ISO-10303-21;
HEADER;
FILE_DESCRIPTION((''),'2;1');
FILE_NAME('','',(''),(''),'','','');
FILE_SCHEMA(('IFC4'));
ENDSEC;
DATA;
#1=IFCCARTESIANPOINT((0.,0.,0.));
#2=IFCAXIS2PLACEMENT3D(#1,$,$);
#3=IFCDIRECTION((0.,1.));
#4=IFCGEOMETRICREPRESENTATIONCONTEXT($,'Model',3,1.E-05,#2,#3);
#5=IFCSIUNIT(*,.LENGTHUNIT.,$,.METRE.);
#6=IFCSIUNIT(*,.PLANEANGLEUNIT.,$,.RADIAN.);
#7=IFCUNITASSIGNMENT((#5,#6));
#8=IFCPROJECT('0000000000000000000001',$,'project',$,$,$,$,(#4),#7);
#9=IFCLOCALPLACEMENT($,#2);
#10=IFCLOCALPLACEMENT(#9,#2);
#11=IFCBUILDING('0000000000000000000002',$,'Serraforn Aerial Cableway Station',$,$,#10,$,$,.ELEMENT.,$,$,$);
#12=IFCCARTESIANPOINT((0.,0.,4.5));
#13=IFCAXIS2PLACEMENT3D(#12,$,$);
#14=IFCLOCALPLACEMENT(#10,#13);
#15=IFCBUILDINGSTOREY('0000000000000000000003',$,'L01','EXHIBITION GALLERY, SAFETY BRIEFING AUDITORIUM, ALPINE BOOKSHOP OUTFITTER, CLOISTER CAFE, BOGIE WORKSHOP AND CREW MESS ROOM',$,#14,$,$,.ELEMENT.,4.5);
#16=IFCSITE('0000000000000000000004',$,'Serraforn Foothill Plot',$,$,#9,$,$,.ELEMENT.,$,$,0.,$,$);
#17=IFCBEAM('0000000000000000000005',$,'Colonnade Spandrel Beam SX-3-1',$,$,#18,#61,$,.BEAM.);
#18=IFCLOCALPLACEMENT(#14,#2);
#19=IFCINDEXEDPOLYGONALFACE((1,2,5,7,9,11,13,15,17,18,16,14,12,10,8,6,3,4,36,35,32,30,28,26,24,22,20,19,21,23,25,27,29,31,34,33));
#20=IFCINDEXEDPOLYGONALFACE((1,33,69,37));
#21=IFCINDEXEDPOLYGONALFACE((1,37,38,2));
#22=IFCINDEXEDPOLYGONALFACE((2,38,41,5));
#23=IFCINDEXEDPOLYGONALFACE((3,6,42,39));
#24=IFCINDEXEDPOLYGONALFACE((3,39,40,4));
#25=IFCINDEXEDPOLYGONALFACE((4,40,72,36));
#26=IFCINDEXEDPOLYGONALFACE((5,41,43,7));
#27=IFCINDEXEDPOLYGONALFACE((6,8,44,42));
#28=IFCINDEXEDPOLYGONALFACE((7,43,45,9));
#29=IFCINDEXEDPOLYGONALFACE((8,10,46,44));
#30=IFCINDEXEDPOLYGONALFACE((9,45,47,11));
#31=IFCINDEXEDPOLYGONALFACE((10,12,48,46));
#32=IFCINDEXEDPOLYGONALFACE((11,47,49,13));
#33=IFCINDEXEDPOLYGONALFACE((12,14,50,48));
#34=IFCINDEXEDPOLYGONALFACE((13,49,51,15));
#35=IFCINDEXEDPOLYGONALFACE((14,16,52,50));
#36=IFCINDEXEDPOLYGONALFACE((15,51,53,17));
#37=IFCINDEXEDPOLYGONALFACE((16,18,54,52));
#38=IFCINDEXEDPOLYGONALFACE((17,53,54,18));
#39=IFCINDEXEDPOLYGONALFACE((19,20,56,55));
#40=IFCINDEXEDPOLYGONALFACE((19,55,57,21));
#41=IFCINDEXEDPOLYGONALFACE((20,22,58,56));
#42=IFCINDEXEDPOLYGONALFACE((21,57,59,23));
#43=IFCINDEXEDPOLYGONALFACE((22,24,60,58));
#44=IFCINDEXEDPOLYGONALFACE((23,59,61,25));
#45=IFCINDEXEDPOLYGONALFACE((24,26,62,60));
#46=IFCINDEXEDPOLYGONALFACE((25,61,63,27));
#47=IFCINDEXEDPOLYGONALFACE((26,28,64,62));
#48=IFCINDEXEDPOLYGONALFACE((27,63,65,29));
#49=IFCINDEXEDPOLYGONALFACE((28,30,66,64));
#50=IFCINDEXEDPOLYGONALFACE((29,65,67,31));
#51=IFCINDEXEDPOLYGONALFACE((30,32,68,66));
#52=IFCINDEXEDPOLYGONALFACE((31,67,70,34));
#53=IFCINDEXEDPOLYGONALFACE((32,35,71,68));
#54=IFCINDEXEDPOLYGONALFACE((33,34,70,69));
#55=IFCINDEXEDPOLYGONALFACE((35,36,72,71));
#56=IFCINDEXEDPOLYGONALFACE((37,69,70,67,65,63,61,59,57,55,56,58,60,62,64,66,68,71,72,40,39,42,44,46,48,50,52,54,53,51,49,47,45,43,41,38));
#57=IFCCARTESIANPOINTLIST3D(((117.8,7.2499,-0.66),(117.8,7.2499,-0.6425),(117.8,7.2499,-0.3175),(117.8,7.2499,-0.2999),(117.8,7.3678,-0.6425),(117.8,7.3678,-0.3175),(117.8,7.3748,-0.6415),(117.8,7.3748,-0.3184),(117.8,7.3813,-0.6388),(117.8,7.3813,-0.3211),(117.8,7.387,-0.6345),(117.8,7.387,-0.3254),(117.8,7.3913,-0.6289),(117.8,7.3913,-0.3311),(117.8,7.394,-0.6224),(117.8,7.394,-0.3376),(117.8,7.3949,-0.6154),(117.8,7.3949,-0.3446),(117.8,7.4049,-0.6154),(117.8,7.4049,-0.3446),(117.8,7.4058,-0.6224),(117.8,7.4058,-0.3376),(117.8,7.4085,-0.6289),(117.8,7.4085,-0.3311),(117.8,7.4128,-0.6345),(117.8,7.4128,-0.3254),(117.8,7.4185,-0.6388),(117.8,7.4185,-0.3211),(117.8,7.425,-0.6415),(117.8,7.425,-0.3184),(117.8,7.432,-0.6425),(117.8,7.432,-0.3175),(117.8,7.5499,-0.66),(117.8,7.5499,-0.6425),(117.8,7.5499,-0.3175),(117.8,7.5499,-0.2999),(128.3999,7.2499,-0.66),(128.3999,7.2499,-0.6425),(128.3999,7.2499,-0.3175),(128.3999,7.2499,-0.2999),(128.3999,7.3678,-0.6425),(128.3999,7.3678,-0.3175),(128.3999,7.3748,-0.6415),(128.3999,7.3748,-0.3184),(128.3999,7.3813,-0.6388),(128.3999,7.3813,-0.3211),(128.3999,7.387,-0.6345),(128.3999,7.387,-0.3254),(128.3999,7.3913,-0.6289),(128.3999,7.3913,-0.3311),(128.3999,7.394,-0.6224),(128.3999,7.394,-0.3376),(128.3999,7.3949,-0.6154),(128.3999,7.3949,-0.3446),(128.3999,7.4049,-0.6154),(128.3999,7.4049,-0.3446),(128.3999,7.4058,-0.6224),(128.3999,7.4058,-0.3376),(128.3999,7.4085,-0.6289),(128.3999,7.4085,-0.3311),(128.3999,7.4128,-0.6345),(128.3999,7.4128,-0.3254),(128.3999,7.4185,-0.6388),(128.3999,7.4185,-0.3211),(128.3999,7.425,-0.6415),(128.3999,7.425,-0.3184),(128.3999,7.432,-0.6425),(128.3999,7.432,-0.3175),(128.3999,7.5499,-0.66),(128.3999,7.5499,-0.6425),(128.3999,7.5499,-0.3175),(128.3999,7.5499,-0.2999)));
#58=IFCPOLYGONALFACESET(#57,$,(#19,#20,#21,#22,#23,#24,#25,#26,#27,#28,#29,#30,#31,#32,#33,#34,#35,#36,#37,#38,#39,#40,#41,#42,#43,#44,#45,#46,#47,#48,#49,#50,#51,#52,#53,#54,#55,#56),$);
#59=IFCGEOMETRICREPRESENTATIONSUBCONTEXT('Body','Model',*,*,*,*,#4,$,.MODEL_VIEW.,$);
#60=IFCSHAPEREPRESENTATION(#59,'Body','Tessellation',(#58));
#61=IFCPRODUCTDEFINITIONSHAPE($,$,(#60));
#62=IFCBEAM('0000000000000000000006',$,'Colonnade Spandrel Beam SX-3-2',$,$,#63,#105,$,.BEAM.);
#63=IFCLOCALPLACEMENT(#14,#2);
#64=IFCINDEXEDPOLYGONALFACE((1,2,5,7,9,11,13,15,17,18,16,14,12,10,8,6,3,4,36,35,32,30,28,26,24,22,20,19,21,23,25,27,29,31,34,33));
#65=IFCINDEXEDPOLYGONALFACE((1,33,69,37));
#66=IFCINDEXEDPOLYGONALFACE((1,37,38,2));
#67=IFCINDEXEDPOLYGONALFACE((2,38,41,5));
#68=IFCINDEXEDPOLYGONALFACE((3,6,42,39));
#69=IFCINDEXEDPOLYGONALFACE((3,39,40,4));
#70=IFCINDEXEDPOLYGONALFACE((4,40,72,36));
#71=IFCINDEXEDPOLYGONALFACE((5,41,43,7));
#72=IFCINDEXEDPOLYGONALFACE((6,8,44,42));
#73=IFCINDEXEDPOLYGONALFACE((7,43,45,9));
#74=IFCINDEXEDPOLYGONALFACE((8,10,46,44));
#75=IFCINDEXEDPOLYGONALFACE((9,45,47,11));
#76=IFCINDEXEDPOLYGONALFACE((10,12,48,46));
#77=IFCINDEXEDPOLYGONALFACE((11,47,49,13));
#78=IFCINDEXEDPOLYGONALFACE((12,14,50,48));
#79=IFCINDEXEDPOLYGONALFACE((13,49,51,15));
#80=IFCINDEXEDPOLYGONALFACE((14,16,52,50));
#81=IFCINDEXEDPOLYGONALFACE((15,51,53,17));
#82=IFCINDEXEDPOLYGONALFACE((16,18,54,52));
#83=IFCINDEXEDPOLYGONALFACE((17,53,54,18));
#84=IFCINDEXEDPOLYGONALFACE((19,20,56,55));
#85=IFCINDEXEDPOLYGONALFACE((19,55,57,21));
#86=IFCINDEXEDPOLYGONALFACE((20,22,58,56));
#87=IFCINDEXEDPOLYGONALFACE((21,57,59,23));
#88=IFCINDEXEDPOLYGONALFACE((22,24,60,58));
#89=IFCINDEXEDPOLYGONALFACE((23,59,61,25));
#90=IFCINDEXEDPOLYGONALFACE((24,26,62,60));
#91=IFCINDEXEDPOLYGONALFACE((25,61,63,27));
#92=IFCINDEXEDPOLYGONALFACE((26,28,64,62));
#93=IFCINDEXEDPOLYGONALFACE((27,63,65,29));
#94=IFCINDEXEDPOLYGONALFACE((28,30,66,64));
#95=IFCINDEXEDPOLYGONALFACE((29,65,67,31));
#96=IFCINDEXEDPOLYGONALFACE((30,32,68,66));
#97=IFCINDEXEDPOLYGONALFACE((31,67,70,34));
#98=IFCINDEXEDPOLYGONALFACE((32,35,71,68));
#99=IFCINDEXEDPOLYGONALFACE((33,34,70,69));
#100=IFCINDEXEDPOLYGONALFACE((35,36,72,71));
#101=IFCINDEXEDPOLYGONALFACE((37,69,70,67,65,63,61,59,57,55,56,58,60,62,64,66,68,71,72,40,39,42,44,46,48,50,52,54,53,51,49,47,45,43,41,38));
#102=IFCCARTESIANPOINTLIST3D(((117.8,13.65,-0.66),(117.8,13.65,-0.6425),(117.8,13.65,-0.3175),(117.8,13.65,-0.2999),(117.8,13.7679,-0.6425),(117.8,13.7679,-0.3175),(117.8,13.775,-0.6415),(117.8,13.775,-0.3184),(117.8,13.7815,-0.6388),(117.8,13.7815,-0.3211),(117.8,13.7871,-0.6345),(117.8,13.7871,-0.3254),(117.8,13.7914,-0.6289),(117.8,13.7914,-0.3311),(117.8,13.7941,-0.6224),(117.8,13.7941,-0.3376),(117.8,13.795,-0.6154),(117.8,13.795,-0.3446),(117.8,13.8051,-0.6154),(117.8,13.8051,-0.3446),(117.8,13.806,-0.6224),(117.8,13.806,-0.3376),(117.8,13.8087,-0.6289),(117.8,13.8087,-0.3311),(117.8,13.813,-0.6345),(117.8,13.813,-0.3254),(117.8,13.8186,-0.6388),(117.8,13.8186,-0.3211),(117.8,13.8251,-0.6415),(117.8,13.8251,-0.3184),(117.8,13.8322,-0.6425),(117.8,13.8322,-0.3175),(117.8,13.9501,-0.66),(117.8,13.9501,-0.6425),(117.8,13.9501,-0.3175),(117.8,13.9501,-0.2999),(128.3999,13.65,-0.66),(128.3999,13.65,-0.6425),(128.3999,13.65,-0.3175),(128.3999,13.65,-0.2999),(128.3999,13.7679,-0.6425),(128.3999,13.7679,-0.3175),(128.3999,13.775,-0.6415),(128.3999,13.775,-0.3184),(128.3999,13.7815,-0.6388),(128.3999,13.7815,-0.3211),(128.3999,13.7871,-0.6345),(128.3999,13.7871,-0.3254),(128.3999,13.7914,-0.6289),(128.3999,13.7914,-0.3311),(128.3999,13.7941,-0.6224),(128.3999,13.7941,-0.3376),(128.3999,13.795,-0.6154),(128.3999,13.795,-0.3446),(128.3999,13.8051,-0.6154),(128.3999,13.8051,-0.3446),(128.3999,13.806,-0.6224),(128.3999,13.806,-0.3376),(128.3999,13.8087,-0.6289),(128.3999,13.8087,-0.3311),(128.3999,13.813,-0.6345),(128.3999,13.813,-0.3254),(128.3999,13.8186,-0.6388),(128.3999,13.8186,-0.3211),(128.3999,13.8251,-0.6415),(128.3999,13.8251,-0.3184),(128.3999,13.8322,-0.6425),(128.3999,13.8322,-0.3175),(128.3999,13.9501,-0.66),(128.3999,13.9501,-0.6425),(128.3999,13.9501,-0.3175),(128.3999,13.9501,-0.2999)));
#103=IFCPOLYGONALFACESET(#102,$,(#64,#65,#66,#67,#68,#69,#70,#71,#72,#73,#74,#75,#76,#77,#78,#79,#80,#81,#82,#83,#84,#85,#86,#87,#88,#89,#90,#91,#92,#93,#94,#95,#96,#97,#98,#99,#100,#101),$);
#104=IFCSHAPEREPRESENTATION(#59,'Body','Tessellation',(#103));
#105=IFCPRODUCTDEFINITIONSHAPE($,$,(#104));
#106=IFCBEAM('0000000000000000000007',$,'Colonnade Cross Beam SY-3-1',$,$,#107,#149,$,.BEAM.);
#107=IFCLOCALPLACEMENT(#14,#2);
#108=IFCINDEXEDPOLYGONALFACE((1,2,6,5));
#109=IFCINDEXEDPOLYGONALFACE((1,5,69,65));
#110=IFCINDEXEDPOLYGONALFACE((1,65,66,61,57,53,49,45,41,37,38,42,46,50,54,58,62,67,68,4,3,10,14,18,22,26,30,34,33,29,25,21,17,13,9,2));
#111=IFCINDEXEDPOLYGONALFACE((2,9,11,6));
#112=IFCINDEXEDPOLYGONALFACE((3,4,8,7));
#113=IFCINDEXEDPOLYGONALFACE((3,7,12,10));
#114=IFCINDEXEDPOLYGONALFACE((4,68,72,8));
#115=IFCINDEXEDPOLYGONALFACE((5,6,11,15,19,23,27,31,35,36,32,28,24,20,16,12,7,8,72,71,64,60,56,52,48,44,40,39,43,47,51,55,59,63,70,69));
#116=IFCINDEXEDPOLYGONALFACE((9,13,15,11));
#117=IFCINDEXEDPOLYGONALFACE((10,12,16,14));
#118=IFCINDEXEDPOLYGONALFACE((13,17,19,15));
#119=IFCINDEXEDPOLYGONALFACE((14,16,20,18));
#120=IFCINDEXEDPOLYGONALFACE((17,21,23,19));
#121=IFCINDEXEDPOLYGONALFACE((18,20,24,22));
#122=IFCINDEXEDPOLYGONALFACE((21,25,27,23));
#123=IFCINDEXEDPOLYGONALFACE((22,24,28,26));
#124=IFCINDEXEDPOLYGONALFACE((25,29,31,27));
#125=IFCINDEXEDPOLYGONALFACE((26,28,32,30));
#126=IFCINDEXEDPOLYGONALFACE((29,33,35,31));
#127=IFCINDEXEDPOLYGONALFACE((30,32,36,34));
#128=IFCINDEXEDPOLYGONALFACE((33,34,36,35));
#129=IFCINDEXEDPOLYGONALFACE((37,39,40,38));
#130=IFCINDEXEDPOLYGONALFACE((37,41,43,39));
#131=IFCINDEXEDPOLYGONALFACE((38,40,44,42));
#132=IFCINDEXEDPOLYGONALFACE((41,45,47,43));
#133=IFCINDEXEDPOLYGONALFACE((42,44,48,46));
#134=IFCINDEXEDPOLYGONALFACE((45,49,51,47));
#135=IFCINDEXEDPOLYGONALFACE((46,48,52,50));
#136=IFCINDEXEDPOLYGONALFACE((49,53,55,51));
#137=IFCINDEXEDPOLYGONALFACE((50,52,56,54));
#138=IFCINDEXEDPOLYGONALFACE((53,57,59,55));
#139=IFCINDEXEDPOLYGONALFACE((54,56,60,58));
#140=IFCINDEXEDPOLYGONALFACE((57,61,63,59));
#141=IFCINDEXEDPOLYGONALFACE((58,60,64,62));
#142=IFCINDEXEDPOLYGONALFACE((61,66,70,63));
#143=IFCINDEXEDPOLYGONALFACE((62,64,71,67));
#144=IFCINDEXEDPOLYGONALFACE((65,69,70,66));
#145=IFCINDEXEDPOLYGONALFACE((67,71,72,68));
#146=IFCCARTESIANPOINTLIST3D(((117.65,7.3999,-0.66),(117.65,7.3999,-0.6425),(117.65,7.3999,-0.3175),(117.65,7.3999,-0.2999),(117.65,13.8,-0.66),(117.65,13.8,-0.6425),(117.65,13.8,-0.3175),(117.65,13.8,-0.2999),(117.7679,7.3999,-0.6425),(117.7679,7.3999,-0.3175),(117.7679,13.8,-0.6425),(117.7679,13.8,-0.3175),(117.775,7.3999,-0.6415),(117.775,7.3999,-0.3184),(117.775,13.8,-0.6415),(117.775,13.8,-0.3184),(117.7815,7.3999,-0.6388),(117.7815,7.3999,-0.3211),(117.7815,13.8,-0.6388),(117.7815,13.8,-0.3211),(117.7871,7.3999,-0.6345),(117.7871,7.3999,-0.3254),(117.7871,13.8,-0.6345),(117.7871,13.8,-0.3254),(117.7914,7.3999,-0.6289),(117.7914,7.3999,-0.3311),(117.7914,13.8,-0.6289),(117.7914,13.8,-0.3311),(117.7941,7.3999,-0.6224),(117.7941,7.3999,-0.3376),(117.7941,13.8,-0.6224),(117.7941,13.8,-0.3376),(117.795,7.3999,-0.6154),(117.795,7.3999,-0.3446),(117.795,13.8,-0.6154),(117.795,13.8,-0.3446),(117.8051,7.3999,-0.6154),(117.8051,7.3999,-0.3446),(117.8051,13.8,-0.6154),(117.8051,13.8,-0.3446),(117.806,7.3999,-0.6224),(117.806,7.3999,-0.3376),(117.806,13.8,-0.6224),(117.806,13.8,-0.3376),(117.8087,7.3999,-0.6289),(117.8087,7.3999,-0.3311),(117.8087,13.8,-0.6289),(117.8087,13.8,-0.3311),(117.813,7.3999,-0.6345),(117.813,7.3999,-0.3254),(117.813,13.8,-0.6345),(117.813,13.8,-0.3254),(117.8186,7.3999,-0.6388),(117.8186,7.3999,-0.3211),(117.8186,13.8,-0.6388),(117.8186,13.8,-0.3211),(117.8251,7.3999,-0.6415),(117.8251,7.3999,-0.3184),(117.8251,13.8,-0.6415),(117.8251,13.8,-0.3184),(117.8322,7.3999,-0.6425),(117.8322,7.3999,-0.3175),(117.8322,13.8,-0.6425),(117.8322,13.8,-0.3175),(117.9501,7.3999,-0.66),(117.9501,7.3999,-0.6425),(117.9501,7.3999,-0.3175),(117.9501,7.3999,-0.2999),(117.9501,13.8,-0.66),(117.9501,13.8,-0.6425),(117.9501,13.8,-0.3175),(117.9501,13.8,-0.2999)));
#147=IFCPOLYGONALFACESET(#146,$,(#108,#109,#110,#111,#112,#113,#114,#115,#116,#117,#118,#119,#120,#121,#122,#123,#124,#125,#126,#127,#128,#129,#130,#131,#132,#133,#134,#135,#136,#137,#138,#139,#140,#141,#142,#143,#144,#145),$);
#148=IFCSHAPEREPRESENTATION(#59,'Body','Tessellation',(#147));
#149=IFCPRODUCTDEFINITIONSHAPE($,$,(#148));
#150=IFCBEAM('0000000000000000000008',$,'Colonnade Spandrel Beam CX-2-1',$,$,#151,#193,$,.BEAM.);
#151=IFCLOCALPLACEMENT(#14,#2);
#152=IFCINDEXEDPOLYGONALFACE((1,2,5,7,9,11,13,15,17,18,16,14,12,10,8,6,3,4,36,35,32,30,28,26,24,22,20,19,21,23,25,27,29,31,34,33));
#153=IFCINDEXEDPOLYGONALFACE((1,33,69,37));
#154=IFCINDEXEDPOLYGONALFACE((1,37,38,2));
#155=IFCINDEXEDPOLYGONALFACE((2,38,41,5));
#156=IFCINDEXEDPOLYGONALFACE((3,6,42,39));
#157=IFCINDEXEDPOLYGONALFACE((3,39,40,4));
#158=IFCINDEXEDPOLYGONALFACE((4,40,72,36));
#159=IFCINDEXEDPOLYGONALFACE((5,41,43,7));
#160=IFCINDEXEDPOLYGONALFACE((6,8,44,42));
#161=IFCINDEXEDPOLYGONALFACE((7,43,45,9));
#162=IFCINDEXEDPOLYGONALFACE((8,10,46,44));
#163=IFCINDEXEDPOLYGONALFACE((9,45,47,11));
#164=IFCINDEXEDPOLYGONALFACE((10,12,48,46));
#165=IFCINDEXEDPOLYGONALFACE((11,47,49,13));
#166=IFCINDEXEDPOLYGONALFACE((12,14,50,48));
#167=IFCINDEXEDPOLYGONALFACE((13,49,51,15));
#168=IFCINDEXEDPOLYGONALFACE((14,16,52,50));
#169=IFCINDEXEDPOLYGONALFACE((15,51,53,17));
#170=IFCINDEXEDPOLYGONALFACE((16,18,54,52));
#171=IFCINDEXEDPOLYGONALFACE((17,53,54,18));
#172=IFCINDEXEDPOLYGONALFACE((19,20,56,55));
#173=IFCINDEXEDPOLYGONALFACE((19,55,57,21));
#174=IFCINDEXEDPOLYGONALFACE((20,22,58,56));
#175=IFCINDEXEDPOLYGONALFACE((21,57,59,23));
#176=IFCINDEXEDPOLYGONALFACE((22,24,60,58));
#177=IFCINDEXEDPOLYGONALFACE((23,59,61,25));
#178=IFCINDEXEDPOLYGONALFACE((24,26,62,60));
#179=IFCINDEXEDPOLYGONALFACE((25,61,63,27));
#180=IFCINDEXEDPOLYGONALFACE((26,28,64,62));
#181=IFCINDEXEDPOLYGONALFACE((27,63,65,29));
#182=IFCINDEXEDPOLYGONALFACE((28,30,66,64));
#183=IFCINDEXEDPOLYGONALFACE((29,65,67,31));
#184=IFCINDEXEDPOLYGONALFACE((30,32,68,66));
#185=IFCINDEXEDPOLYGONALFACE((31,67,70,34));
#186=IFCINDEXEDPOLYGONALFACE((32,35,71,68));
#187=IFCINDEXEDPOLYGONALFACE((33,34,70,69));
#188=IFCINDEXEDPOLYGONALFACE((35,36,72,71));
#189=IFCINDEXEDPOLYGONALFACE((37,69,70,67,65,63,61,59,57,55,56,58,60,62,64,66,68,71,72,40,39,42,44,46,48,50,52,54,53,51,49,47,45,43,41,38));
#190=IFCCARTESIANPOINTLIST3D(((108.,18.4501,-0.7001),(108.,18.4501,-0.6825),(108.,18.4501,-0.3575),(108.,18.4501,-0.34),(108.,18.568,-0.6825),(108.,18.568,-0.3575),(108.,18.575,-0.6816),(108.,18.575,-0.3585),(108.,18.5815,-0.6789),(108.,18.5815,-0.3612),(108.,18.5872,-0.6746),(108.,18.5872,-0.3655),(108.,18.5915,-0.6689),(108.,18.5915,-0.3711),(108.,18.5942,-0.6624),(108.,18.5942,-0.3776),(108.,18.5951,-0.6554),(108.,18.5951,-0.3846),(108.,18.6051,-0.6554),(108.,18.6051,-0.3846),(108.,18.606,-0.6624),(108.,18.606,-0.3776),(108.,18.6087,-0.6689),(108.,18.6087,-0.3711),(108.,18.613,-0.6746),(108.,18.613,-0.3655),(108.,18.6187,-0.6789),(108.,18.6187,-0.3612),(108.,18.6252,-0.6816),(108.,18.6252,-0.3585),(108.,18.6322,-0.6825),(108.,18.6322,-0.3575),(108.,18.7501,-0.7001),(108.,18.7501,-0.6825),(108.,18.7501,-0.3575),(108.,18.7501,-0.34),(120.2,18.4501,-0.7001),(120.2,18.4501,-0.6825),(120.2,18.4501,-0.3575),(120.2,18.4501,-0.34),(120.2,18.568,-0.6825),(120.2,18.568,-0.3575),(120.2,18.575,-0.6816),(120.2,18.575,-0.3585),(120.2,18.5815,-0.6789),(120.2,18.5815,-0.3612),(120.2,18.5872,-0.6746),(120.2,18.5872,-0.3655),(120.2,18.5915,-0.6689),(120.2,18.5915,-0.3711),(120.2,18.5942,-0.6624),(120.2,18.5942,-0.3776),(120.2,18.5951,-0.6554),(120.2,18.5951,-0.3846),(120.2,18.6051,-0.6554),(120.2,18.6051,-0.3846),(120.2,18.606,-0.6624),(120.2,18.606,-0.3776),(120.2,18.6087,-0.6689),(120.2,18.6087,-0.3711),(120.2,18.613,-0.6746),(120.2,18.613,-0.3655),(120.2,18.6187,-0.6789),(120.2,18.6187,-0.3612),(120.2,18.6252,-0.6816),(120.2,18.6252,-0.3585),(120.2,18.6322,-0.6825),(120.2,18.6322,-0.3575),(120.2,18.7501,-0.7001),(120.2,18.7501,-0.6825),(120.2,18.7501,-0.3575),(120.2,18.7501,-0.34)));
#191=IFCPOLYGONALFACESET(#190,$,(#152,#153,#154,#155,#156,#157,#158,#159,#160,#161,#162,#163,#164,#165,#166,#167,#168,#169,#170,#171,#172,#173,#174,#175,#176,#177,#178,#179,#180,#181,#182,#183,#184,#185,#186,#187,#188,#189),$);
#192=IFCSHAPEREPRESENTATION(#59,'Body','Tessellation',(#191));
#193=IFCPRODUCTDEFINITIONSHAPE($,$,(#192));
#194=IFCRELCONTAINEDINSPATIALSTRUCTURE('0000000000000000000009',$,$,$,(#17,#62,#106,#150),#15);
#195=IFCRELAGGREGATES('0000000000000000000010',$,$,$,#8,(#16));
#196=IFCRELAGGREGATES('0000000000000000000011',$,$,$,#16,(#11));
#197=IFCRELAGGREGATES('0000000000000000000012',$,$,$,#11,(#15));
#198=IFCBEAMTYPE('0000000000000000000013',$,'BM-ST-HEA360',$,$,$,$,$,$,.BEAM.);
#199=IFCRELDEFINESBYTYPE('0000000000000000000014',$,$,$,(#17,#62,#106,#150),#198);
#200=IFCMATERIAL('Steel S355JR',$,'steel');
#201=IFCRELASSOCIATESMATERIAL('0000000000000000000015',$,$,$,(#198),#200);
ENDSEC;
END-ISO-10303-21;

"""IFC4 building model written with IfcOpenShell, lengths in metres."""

from ifc_helpers import new_model, si_unit, direction, frame, origin, origin_2d, place, context, subcontext, project, spatial, i_section, extrude, material, material_profile, profile_set, type_object, element, save


model = new_model("IFC4")

# Units and contexts
model_context = context("Model", 3, precision=1e-05, world=origin(), true_north=direction((0.0, 1.0)))
body_context = subcontext(model_context, "Body", "Model", "MODEL_VIEW")
ifc_project = project(units=[si_unit("LENGTHUNIT", "METRE"), si_unit("PLANEANGLEUNIT", "RADIAN")], contexts=[model_context])

# Site, building, storey
site_placement = place(None, origin())
site = spatial("IfcSite", under=ifc_project, at=site_placement, Name="Serraforn Foothill Plot", CompositionType="ELEMENT", RefElevation=0.0)
building_placement = place(site_placement, origin())
building = spatial("IfcBuilding", under=site, at=building_placement, Name="Serraforn Aerial Cableway Station", CompositionType="ELEMENT")
storey_placement = place(building_placement, frame((0.0, 0.0, 4.5)))
storey = spatial("IfcBuildingStorey", under=building, at=storey_placement, Name="L01", Description="EXHIBITION GALLERY, SAFETY BRIEFING AUDITORIUM, ALPINE BOOKSHOP OUTFITTER, CLOISTER CAFE, BOGIE WORKSHOP AND CREW MESS ROOM", CompositionType="ELEMENT", Elevation=4.5)

# Beams
ifc_material_1 = material(Name="Steel S355JR", Category="steel")
ifc_material_profile_1 = material_profile(ifc_material_1, i_section(OverallWidth=0.3, OverallDepth=0.3601, WebThickness=0.01, FlangeThickness=0.0176, FilletRadius=0.0271, at=origin_2d()), Name="HEA 360")
ifc_profile_set_1 = profile_set([ifc_material_profile_1], Name="Steel S355JR")
beam_type = type_object("IfcBeamType", Name="BM-ST-HEA360", PredefinedType="BEAM", material=ifc_profile_set_1)
for number, where, z_axis, x_axis, name in (
    (1, (117.8, 7.3999, -0.48), (1.0, 0.0, 0.0), (0.0, 1.0, 0.0), "Colonnade Spandrel Beam SX-3-1"),
    (2, (117.8, 13.8, -0.48), (1.0, 0.0, 0.0), (0.0, 1.0, 0.0), "Colonnade Spandrel Beam SX-3-2"),
):
    element("IfcBeam", number, at=place(storey_placement, frame(where, z_axis=z_axis, x_axis=x_axis)), inside=storey, type_object=beam_type, Name=name, PredefinedType="BEAM", context=body_context, shape_type="SweptSolid", body=[
        extrude(i_section(OverallWidth=0.3, OverallDepth=0.3601, WebThickness=0.01, FlangeThickness=0.0176, FilletRadius=0.0271, at=origin_2d()), origin(), (0.0, 0.0, 1.0), 10.5999),
    ])
beam_placement = place(storey_placement, frame((117.8, 7.3999, -0.48), z_axis=(0.0, 1.0, 0.0), x_axis=(-1.0, 0.0, 0.0)))
element("IfcBeam", 3, at=beam_placement, inside=storey, type_object=beam_type, Name="Colonnade Cross Beam SY-3-1", PredefinedType="BEAM", context=body_context, shape_type="SweptSolid", body=[
    extrude(i_section(OverallWidth=0.3, OverallDepth=0.3601, WebThickness=0.01, FlangeThickness=0.0176, FilletRadius=0.0271, at=origin_2d()), origin(), (0.0, 0.0, 1.0), 6.4001),
])
for number, where, z_axis, x_axis, name in (
    (4, (108.0, 18.6001, -0.52), (1.0, 0.0, 0.0), (0.0, 1.0, 0.0), "Colonnade Spandrel Beam CX-2-1"),
):
    element("IfcBeam", number, at=place(storey_placement, frame(where, z_axis=z_axis, x_axis=x_axis)), inside=storey, type_object=beam_type, Name=name, PredefinedType="BEAM", context=body_context, shape_type="SweptSolid", body=[
        extrude(i_section(OverallWidth=0.3, OverallDepth=0.3601, WebThickness=0.01, FlangeThickness=0.0176, FilletRadius=0.0271, at=origin_2d()), origin(), (0.0, 0.0, 1.0), 12.2),
    ])

save(model, "model.ifc")
